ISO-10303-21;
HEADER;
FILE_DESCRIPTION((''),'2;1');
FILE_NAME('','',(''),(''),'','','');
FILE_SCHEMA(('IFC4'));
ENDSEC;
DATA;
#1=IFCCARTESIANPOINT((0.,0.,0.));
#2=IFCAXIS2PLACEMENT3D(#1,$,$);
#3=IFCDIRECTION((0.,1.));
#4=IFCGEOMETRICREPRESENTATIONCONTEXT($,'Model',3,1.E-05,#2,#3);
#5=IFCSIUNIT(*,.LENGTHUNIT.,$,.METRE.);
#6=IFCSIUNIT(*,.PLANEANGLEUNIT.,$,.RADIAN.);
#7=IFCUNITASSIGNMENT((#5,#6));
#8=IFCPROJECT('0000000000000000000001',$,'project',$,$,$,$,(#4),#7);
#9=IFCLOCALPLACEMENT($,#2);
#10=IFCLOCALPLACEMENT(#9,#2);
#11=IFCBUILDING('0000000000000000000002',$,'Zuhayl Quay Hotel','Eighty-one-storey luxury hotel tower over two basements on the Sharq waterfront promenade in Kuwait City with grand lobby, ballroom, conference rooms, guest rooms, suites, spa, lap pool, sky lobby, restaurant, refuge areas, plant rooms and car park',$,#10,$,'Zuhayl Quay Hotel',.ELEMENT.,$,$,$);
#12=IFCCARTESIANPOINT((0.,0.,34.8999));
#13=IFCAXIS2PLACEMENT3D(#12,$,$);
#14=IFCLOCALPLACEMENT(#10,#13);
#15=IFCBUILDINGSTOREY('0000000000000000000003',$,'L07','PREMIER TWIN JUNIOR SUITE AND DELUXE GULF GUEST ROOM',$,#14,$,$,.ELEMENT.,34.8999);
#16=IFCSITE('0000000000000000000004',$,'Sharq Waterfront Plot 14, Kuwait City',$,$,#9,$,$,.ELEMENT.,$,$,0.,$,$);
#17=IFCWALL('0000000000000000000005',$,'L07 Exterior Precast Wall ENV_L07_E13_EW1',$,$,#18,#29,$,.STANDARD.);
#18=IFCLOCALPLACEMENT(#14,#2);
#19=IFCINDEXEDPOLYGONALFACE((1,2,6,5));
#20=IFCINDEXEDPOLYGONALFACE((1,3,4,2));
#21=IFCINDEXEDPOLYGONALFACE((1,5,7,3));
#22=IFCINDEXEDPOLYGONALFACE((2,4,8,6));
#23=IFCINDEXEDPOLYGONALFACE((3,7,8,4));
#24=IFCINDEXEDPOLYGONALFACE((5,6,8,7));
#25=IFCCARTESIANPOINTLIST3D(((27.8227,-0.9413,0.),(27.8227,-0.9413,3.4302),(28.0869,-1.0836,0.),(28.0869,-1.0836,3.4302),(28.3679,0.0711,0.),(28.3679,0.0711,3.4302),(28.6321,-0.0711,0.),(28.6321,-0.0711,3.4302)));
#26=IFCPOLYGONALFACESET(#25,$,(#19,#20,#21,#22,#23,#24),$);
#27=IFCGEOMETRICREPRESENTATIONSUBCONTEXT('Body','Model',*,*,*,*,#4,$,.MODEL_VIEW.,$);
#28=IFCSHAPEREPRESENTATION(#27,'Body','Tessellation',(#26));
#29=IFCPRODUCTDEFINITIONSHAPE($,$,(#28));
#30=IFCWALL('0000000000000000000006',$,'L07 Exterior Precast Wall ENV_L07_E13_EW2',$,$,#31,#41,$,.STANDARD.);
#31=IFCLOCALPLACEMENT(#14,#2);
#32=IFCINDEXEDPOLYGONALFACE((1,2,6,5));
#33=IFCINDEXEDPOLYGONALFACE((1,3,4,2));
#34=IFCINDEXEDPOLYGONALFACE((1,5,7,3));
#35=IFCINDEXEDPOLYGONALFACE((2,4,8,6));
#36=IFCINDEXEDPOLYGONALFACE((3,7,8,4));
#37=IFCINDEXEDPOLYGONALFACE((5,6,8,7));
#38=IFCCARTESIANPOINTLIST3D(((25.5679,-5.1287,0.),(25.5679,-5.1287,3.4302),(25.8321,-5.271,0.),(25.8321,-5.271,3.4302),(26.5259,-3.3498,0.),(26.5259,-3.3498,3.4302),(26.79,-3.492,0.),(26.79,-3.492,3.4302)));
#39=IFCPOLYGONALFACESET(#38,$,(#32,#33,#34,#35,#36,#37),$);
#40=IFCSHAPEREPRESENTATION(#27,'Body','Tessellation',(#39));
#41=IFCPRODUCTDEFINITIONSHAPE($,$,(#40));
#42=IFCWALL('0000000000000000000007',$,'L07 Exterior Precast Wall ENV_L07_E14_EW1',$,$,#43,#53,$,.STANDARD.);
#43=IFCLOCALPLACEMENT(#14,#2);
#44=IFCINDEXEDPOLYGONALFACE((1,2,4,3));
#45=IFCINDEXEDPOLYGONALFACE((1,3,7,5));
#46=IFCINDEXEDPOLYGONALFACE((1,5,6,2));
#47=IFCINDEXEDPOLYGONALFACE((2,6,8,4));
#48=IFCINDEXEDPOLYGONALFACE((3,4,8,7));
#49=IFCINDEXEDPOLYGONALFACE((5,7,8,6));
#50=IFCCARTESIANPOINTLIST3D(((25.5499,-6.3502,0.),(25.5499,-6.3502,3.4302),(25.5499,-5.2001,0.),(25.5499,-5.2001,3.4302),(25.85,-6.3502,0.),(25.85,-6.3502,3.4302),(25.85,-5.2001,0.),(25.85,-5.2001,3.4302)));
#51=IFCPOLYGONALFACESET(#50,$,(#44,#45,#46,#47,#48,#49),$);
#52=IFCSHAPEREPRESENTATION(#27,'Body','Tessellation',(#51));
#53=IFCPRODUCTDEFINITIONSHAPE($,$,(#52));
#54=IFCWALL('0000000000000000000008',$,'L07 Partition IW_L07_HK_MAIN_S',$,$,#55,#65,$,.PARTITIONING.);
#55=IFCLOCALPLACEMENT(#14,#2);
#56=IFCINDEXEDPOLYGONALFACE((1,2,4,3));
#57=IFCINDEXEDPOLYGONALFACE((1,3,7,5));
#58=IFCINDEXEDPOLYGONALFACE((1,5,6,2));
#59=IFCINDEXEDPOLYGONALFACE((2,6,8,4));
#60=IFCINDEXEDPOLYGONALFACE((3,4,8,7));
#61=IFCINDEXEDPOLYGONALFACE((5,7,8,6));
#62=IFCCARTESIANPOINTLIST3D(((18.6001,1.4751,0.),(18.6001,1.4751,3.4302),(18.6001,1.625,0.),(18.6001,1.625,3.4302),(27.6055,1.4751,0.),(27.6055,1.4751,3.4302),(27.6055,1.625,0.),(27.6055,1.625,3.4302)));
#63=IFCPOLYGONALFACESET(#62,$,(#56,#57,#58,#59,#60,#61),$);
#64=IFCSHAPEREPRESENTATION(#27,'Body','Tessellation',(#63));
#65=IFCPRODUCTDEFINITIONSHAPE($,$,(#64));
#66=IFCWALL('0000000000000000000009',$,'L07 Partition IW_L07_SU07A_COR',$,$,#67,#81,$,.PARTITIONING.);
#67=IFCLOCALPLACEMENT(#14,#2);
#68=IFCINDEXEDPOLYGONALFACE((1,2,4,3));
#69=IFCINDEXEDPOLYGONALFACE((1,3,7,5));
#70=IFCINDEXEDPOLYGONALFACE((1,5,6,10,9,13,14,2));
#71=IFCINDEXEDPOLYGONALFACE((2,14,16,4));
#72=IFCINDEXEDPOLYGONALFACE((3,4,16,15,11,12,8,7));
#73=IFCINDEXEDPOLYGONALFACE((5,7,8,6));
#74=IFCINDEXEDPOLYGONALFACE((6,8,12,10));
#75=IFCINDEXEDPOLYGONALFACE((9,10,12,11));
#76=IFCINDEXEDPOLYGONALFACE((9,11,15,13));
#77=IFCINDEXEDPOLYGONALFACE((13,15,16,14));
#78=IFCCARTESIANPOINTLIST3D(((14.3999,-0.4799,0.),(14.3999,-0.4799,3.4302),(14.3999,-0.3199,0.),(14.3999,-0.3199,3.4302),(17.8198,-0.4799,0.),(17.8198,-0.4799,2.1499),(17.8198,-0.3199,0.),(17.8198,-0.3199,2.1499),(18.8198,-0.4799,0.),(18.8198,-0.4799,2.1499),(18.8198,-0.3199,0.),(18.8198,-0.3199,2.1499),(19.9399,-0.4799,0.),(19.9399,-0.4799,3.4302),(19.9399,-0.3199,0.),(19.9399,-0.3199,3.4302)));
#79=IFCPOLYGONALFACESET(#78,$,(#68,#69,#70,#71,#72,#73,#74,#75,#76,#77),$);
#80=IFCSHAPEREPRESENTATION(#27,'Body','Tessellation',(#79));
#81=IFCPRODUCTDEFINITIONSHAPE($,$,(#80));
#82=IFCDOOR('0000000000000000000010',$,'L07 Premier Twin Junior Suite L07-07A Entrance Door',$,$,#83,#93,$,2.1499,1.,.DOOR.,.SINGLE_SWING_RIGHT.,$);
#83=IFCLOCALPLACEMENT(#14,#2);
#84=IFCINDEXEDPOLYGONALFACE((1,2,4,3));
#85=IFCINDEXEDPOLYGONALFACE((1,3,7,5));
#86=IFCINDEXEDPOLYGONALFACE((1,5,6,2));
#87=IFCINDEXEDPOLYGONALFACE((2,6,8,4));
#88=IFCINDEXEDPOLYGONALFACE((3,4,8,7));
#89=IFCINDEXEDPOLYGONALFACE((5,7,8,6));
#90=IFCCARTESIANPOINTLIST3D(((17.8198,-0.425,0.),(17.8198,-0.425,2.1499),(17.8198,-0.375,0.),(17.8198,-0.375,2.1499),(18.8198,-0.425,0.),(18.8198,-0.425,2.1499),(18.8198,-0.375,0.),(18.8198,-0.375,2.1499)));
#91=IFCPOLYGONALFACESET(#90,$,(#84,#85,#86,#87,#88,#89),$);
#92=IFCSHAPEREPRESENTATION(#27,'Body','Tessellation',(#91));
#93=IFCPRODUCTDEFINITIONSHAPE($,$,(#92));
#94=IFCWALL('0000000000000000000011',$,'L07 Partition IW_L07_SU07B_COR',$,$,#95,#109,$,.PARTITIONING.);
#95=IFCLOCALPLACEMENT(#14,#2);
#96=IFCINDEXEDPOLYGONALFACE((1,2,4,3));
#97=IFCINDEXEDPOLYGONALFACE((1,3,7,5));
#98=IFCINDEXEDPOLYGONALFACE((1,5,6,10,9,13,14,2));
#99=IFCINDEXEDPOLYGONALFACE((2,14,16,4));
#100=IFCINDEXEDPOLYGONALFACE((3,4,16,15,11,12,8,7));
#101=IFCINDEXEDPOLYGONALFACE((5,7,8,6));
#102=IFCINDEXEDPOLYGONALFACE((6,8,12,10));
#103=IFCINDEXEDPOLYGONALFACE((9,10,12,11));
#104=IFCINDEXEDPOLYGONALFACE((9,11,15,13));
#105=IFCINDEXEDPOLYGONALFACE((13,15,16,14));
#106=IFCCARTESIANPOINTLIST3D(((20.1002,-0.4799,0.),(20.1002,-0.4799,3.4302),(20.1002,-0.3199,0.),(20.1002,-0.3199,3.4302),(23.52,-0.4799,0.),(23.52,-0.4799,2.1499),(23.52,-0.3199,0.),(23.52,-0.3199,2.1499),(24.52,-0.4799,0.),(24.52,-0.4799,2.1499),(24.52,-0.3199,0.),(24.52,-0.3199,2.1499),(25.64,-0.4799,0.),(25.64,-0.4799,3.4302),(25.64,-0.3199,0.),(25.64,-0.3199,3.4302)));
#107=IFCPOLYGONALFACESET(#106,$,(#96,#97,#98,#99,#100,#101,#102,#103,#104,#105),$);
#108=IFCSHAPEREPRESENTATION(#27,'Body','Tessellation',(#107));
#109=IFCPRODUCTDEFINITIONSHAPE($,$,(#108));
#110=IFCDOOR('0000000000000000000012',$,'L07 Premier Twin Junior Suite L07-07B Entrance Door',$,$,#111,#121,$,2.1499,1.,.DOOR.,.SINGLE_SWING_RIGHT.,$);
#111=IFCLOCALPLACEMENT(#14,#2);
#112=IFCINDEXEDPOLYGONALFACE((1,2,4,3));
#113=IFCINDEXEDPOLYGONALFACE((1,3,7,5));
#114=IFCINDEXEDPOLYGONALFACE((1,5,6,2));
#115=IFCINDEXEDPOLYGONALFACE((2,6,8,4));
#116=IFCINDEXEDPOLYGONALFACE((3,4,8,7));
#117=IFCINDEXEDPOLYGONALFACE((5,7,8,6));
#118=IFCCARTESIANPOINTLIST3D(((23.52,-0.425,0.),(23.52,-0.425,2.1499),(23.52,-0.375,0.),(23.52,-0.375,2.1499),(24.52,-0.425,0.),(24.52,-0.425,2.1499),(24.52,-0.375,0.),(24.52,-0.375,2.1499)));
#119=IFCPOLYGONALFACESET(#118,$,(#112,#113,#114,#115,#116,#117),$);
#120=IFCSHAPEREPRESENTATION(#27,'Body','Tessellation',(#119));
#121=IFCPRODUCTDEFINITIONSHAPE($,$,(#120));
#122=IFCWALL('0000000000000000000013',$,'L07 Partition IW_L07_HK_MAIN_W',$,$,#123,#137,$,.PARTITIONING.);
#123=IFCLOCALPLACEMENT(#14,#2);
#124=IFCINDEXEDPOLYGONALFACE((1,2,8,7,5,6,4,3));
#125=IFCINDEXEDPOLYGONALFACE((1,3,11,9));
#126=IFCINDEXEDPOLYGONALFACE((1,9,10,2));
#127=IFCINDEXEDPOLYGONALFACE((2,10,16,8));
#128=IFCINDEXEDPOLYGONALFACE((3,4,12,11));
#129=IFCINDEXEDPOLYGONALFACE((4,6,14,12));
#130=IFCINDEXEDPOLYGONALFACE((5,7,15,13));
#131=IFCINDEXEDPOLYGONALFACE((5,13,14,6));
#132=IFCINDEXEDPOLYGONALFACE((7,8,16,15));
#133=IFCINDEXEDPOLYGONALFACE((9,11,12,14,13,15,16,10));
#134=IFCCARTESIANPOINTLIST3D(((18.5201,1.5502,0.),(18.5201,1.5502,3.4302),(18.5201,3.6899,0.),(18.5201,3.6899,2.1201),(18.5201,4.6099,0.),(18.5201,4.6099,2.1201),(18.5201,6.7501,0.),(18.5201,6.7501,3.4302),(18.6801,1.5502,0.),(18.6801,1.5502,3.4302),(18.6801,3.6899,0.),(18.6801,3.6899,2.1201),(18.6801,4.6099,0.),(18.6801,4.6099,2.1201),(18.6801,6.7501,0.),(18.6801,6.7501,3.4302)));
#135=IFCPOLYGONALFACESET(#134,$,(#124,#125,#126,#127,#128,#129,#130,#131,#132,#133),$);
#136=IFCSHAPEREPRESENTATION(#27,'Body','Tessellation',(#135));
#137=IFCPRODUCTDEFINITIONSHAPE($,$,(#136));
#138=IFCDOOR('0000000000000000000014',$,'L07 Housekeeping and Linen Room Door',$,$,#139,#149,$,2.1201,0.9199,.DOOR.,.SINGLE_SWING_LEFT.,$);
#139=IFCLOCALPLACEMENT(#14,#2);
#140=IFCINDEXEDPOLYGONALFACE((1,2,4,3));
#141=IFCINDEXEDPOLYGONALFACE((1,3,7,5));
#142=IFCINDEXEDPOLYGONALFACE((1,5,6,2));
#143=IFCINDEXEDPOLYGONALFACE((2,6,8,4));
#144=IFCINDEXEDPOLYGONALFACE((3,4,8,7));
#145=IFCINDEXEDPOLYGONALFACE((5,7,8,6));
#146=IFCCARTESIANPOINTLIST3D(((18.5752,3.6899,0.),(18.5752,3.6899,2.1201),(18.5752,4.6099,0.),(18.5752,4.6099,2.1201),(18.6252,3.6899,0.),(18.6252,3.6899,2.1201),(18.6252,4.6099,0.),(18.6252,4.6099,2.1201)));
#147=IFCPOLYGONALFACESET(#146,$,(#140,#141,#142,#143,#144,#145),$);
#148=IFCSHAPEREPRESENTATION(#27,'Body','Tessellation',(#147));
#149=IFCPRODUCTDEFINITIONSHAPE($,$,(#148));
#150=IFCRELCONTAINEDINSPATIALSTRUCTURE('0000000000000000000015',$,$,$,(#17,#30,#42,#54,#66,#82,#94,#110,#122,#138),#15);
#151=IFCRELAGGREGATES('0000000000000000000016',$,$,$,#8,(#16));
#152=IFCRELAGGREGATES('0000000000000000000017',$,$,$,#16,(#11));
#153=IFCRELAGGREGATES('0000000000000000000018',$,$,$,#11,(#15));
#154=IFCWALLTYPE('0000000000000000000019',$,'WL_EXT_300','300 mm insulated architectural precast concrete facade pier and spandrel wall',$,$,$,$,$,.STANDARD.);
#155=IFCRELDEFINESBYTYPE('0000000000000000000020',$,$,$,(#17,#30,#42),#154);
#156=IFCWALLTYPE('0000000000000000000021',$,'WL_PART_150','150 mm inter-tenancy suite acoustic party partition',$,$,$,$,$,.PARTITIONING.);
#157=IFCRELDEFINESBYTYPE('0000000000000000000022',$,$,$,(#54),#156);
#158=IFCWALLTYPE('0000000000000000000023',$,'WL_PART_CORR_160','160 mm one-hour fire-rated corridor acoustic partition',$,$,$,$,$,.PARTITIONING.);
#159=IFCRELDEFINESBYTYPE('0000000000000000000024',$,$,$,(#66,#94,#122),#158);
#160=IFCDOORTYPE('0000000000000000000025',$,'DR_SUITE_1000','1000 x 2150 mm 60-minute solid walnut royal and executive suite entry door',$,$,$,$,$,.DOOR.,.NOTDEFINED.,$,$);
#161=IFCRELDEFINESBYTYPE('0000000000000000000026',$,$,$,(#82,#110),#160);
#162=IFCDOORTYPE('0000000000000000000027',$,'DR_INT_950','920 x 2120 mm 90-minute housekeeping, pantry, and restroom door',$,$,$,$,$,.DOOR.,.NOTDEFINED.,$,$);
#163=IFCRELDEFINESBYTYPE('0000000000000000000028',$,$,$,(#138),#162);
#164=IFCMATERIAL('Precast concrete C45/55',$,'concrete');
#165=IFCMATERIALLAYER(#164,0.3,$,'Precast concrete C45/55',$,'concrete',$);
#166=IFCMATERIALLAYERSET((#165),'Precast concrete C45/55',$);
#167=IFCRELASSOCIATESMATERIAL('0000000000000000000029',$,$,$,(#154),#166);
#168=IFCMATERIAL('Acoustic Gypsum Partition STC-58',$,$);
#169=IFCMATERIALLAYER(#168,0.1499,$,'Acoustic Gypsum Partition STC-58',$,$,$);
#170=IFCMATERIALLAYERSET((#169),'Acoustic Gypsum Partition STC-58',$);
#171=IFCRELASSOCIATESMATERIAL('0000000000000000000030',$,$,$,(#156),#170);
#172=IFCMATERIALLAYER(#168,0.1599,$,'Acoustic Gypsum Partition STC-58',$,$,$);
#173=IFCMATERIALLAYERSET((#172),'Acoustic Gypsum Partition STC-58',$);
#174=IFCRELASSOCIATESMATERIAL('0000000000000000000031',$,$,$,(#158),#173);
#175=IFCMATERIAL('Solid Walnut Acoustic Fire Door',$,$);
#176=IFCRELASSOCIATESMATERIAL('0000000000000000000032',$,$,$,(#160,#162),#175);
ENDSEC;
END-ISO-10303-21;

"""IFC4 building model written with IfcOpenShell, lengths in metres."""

from ifc_helpers import new_model, si_unit, direction, frame, frame_2d, origin, place, context, subcontext, project, spatial, rectangle, extrude, material, layer, layer_set, type_object, element, fill, save


model = new_model("IFC4")

# Units and contexts
model_context = context("Model", 3, precision=1e-05, world=origin(), true_north=direction((0.0, 1.0)))
body_context = subcontext(model_context, "Body", "Model", "MODEL_VIEW")
ifc_project = project(units=[si_unit("LENGTHUNIT", "METRE"), si_unit("PLANEANGLEUNIT", "RADIAN")], contexts=[model_context])

# Site, building, storey
site_placement = place(None, origin())
site = spatial("IfcSite", under=ifc_project, at=site_placement, Name="Sharq Waterfront Plot 14, Kuwait City", CompositionType="ELEMENT", RefElevation=0.0)
building_placement = place(site_placement, origin())
building = spatial("IfcBuilding", under=site, at=building_placement, Name="Zuhayl Quay Hotel", Description="Eighty-one-storey luxury hotel tower over two basements on the Sharq waterfront promenade in Kuwait City with grand lobby, ballroom, conference rooms, guest rooms, suites, spa, lap pool, sky lobby, restaurant, refuge areas, plant rooms and car park", LongName="Zuhayl Quay Hotel", CompositionType="ELEMENT")
storey_placement = place(building_placement, frame((0.0, 0.0, 34.8999)))
storey = spatial("IfcBuildingStorey", under=building, at=storey_placement, Name="L07", Description="PREMIER TWIN JUNIOR SUITE AND DELUXE GULF GUEST ROOM", CompositionType="ELEMENT", Elevation=34.8999)

# Walls
ifc_material_1 = material(Name="Precast concrete C45/55", Category="concrete")
ifc_layer_1 = layer(ifc_material_1, 0.3, Name="Precast concrete C45/55", Category="concrete")
ifc_layer_set_1 = layer_set([ifc_layer_1], Name="Precast concrete C45/55")
wall_type_1 = type_object("IfcWallType", Name="WL_EXT_300", Description="300 mm insulated architectural precast concrete facade pier and spandrel wall", PredefinedType="STANDARD", material=ifc_layer_set_1)
wall_1_placement = place(storey_placement, frame((28.5, 0.0, 0.0), z_axis=(0.0, 0.0, 1.0), x_axis=(-0.4741, -0.880471, 0.0)))
element("IfcWall", 1, at=wall_1_placement, inside=storey, type_object=wall_type_1, Name="L07 Exterior Precast Wall ENV_L07_E13_EW1", PredefinedType="STANDARD", context=body_context, shape_type="SweptSolid", body=[
    extrude(rectangle(XDim=1.1499, YDim=0.3, at=frame_2d((0.575, 0.0))), origin(), (0.0, 0.0, 1.0), 3.4302),
])
wall_2_placement = place(storey_placement, frame((26.658, -3.4209, 0.0), z_axis=(0.0, 0.0, 1.0), x_axis=(-0.474121, -0.880459, 0.0)))
element("IfcWall", 2, at=wall_2_placement, inside=storey, type_object=wall_type_1, Name="L07 Exterior Precast Wall ENV_L07_E13_EW2", PredefinedType="STANDARD", context=body_context, shape_type="SweptSolid", body=[
    extrude(rectangle(XDim=2.0205, YDim=0.3, at=frame_2d((1.0103, 0.0))), origin(), (0.0, 0.0, 1.0), 3.4302),
])
wall_3_placement = place(storey_placement, frame((25.7, -5.2, 0.0), z_axis=(0.0, 0.0, 1.0), x_axis=(0.0, -1.0, 0.0)))
element("IfcWall", 3, at=wall_3_placement, inside=storey, type_object=wall_type_1, Name="L07 Exterior Precast Wall ENV_L07_E14_EW1", PredefinedType="STANDARD", context=body_context, shape_type="SweptSolid", body=[
    extrude(rectangle(XDim=1.1501, YDim=0.3, at=frame_2d((0.5752, 0.0))), origin(), (0.0, 0.0, 1.0), 3.4302),
])
ifc_material_2 = material(Name="Acoustic Gypsum Partition STC-58")
ifc_layer_2 = layer(ifc_material_2, 0.1499, Name="Acoustic Gypsum Partition STC-58")
ifc_layer_set_2 = layer_set([ifc_layer_2], Name="Acoustic Gypsum Partition STC-58")
wall_type_2 = type_object("IfcWallType", Name="WL_PART_150", Description="150 mm inter-tenancy suite acoustic party partition", PredefinedType="PARTITIONING", material=ifc_layer_set_2)
wall_4_placement = place(storey_placement, frame((18.6001, 1.55, 0.0), z_axis=(0.0, 0.0, 1.0), x_axis=(1.0, 0.0, 0.0)))
element("IfcWall", 4, at=wall_4_placement, inside=storey, type_object=wall_type_2, Name="L07 Partition IW_L07_HK_MAIN_S", PredefinedType="PARTITIONING", context=body_context, shape_type="SweptSolid", body=[
    extrude(rectangle(XDim=9.0054, YDim=0.1499, at=frame_2d((4.5027, 0.0))), origin(), (0.0, 0.0, 1.0), 3.4302),
])

# Walls, openings, doors
ifc_layer_3 = layer(ifc_material_2, 0.1599, Name="Acoustic Gypsum Partition STC-58")
ifc_layer_set_3 = layer_set([ifc_layer_3], Name="Acoustic Gypsum Partition STC-58")
wall_type_3 = type_object("IfcWallType", Name="WL_PART_CORR_160", Description="160 mm one-hour fire-rated corridor acoustic partition", PredefinedType="PARTITIONING", material=ifc_layer_set_3)
wall_5_placement = place(storey_placement, frame((14.3999, -0.3999, 0.0), z_axis=(0.0, 0.0, 1.0), x_axis=(1.0, 0.0, 0.0)))
wall_5 = element("IfcWall", 5, at=wall_5_placement, inside=storey, type_object=wall_type_3, Name="L07 Partition IW_L07_SU07A_COR", PredefinedType="PARTITIONING", context=body_context, shape_type="SweptSolid", body=[
    extrude(rectangle(XDim=5.54, YDim=0.1599, at=frame_2d((2.77, 0.0))), origin(), (0.0, 0.0, 1.0), 3.4302),
])
opening_1_placement = place(wall_5_placement, frame((3.4199, 0.0, 0.0)))
opening_1 = element("IfcOpeningElement", 6, at=opening_1_placement, cuts=wall_5, PredefinedType="OPENING", context=body_context, shape_type="SweptSolid", body=[
    extrude(rectangle(XDim=1.0, YDim=2.1499, at=frame_2d((0.5, 1.075))), frame((0.0, 0.0898, 0.0), z_axis=(0.0, -1.0, 0.0), x_axis=(1.0, 0.0, 0.0)), (0.0, 0.0, 1.0), 0.1799),
])
ifc_material_3 = material(Name="Solid Walnut Acoustic Fire Door")
door_type_1 = type_object("IfcDoorType", Name="DR_SUITE_1000", Description="1000 x 2150 mm 60-minute solid walnut royal and executive suite entry door", OperationType="NOTDEFINED", PredefinedType="DOOR", material=ifc_material_3)
door_1_placement = place(opening_1_placement, origin())
door_1 = element("IfcDoor", 7, at=door_1_placement, inside=storey, type_object=door_type_1, Name="L07 Premier Twin Junior Suite L07-07A Entrance Door", OperationType="SINGLE_SWING_RIGHT", OverallHeight=2.1499, OverallWidth=1.0, PredefinedType="DOOR", context=body_context, shape_type="SweptSolid", body=[
    extrude(rectangle(XDim=1.0, YDim=2.1499, at=frame_2d((0.5, 1.075))), frame((0.0, 0.0249, 0.0), z_axis=(0.0, -1.0, 0.0), x_axis=(1.0, 0.0, 0.0)), (0.0, 0.0, 1.0), 0.05),
])
fill(opening_1, door_1)
wall_6_placement = place(storey_placement, frame((20.1001, -0.3999, 0.0), z_axis=(0.0, 0.0, 1.0), x_axis=(1.0, 0.0, 0.0)))
wall_6 = element("IfcWall", 8, at=wall_6_placement, inside=storey, type_object=wall_type_3, Name="L07 Partition IW_L07_SU07B_COR", PredefinedType="PARTITIONING", context=body_context, shape_type="SweptSolid", body=[
    extrude(rectangle(XDim=5.5398, YDim=0.1599, at=frame_2d((2.77, 0.0))), origin(), (0.0, 0.0, 1.0), 3.4302),
])
opening_2_placement = place(wall_6_placement, frame((3.4199, 0.0, 0.0)))
opening_2 = element("IfcOpeningElement", 9, at=opening_2_placement, cuts=wall_6, PredefinedType="OPENING", context=body_context, shape_type="SweptSolid", body=[
    extrude(rectangle(XDim=1.0, YDim=2.1499, at=frame_2d((0.5, 1.075))), frame((0.0, 0.0898, 0.0), z_axis=(0.0, -1.0, 0.0), x_axis=(1.0, 0.0, 0.0)), (0.0, 0.0, 1.0), 0.1799),
])
door_2_placement = place(opening_2_placement, origin())
door_2 = element("IfcDoor", 10, at=door_2_placement, inside=storey, type_object=door_type_1, Name="L07 Premier Twin Junior Suite L07-07B Entrance Door", OperationType="SINGLE_SWING_RIGHT", OverallHeight=2.1499, OverallWidth=1.0, PredefinedType="DOOR", context=body_context, shape_type="SweptSolid", body=[
    extrude(rectangle(XDim=1.0, YDim=2.1499, at=frame_2d((0.5, 1.075))), frame((0.0, 0.0249, 0.0), z_axis=(0.0, -1.0, 0.0), x_axis=(1.0, 0.0, 0.0)), (0.0, 0.0, 1.0), 0.05),
])
fill(opening_2, door_2)
wall_7_placement = place(storey_placement, frame((18.6001, 1.55, 0.0), z_axis=(0.0, 0.0, 1.0), x_axis=(0.0, 1.0, 0.0)))
wall_7 = element("IfcWall", 11, at=wall_7_placement, inside=storey, type_object=wall_type_3, Name="L07 Partition IW_L07_HK_MAIN_W", PredefinedType="PARTITIONING", context=body_context, shape_type="SweptSolid", body=[
    extrude(rectangle(XDim=5.2, YDim=0.1599, at=frame_2d((2.6001, 0.0))), origin(), (0.0, 0.0, 1.0), 3.4302),
])
opening_3_placement = place(wall_7_placement, frame((2.1399, 0.0, 0.0)))
opening_3 = element("IfcOpeningElement", 12, at=opening_3_placement, cuts=wall_7, PredefinedType="OPENING", context=body_context, shape_type="SweptSolid", body=[
    extrude(rectangle(XDim=0.9199, YDim=2.1201, at=frame_2d((0.46, 1.0601))), frame((0.0, 0.0898, 0.0), z_axis=(0.0, -1.0, 0.0), x_axis=(1.0, 0.0, 0.0)), (0.0, 0.0, 1.0), 0.1799),
])
door_type_2 = type_object("IfcDoorType", Name="DR_INT_950", Description="920 x 2120 mm 90-minute housekeeping, pantry, and restroom door", OperationType="NOTDEFINED", PredefinedType="DOOR", material=ifc_material_3)
door_3_placement = place(opening_3_placement, origin())
door_3 = element("IfcDoor", 13, at=door_3_placement, inside=storey, type_object=door_type_2, Name="L07 Housekeeping and Linen Room Door", OperationType="SINGLE_SWING_LEFT", OverallHeight=2.1201, OverallWidth=0.9199, PredefinedType="DOOR", context=body_context, shape_type="SweptSolid", body=[
    extrude(rectangle(XDim=0.9199, YDim=2.1201, at=frame_2d((0.46, 1.0601))), frame((0.0, 0.0249, 0.0), z_axis=(0.0, -1.0, 0.0), x_axis=(1.0, 0.0, 0.0)), (0.0, 0.0, 1.0), 0.05),
])
fill(opening_3, door_3)

save(model, "model.ifc")
